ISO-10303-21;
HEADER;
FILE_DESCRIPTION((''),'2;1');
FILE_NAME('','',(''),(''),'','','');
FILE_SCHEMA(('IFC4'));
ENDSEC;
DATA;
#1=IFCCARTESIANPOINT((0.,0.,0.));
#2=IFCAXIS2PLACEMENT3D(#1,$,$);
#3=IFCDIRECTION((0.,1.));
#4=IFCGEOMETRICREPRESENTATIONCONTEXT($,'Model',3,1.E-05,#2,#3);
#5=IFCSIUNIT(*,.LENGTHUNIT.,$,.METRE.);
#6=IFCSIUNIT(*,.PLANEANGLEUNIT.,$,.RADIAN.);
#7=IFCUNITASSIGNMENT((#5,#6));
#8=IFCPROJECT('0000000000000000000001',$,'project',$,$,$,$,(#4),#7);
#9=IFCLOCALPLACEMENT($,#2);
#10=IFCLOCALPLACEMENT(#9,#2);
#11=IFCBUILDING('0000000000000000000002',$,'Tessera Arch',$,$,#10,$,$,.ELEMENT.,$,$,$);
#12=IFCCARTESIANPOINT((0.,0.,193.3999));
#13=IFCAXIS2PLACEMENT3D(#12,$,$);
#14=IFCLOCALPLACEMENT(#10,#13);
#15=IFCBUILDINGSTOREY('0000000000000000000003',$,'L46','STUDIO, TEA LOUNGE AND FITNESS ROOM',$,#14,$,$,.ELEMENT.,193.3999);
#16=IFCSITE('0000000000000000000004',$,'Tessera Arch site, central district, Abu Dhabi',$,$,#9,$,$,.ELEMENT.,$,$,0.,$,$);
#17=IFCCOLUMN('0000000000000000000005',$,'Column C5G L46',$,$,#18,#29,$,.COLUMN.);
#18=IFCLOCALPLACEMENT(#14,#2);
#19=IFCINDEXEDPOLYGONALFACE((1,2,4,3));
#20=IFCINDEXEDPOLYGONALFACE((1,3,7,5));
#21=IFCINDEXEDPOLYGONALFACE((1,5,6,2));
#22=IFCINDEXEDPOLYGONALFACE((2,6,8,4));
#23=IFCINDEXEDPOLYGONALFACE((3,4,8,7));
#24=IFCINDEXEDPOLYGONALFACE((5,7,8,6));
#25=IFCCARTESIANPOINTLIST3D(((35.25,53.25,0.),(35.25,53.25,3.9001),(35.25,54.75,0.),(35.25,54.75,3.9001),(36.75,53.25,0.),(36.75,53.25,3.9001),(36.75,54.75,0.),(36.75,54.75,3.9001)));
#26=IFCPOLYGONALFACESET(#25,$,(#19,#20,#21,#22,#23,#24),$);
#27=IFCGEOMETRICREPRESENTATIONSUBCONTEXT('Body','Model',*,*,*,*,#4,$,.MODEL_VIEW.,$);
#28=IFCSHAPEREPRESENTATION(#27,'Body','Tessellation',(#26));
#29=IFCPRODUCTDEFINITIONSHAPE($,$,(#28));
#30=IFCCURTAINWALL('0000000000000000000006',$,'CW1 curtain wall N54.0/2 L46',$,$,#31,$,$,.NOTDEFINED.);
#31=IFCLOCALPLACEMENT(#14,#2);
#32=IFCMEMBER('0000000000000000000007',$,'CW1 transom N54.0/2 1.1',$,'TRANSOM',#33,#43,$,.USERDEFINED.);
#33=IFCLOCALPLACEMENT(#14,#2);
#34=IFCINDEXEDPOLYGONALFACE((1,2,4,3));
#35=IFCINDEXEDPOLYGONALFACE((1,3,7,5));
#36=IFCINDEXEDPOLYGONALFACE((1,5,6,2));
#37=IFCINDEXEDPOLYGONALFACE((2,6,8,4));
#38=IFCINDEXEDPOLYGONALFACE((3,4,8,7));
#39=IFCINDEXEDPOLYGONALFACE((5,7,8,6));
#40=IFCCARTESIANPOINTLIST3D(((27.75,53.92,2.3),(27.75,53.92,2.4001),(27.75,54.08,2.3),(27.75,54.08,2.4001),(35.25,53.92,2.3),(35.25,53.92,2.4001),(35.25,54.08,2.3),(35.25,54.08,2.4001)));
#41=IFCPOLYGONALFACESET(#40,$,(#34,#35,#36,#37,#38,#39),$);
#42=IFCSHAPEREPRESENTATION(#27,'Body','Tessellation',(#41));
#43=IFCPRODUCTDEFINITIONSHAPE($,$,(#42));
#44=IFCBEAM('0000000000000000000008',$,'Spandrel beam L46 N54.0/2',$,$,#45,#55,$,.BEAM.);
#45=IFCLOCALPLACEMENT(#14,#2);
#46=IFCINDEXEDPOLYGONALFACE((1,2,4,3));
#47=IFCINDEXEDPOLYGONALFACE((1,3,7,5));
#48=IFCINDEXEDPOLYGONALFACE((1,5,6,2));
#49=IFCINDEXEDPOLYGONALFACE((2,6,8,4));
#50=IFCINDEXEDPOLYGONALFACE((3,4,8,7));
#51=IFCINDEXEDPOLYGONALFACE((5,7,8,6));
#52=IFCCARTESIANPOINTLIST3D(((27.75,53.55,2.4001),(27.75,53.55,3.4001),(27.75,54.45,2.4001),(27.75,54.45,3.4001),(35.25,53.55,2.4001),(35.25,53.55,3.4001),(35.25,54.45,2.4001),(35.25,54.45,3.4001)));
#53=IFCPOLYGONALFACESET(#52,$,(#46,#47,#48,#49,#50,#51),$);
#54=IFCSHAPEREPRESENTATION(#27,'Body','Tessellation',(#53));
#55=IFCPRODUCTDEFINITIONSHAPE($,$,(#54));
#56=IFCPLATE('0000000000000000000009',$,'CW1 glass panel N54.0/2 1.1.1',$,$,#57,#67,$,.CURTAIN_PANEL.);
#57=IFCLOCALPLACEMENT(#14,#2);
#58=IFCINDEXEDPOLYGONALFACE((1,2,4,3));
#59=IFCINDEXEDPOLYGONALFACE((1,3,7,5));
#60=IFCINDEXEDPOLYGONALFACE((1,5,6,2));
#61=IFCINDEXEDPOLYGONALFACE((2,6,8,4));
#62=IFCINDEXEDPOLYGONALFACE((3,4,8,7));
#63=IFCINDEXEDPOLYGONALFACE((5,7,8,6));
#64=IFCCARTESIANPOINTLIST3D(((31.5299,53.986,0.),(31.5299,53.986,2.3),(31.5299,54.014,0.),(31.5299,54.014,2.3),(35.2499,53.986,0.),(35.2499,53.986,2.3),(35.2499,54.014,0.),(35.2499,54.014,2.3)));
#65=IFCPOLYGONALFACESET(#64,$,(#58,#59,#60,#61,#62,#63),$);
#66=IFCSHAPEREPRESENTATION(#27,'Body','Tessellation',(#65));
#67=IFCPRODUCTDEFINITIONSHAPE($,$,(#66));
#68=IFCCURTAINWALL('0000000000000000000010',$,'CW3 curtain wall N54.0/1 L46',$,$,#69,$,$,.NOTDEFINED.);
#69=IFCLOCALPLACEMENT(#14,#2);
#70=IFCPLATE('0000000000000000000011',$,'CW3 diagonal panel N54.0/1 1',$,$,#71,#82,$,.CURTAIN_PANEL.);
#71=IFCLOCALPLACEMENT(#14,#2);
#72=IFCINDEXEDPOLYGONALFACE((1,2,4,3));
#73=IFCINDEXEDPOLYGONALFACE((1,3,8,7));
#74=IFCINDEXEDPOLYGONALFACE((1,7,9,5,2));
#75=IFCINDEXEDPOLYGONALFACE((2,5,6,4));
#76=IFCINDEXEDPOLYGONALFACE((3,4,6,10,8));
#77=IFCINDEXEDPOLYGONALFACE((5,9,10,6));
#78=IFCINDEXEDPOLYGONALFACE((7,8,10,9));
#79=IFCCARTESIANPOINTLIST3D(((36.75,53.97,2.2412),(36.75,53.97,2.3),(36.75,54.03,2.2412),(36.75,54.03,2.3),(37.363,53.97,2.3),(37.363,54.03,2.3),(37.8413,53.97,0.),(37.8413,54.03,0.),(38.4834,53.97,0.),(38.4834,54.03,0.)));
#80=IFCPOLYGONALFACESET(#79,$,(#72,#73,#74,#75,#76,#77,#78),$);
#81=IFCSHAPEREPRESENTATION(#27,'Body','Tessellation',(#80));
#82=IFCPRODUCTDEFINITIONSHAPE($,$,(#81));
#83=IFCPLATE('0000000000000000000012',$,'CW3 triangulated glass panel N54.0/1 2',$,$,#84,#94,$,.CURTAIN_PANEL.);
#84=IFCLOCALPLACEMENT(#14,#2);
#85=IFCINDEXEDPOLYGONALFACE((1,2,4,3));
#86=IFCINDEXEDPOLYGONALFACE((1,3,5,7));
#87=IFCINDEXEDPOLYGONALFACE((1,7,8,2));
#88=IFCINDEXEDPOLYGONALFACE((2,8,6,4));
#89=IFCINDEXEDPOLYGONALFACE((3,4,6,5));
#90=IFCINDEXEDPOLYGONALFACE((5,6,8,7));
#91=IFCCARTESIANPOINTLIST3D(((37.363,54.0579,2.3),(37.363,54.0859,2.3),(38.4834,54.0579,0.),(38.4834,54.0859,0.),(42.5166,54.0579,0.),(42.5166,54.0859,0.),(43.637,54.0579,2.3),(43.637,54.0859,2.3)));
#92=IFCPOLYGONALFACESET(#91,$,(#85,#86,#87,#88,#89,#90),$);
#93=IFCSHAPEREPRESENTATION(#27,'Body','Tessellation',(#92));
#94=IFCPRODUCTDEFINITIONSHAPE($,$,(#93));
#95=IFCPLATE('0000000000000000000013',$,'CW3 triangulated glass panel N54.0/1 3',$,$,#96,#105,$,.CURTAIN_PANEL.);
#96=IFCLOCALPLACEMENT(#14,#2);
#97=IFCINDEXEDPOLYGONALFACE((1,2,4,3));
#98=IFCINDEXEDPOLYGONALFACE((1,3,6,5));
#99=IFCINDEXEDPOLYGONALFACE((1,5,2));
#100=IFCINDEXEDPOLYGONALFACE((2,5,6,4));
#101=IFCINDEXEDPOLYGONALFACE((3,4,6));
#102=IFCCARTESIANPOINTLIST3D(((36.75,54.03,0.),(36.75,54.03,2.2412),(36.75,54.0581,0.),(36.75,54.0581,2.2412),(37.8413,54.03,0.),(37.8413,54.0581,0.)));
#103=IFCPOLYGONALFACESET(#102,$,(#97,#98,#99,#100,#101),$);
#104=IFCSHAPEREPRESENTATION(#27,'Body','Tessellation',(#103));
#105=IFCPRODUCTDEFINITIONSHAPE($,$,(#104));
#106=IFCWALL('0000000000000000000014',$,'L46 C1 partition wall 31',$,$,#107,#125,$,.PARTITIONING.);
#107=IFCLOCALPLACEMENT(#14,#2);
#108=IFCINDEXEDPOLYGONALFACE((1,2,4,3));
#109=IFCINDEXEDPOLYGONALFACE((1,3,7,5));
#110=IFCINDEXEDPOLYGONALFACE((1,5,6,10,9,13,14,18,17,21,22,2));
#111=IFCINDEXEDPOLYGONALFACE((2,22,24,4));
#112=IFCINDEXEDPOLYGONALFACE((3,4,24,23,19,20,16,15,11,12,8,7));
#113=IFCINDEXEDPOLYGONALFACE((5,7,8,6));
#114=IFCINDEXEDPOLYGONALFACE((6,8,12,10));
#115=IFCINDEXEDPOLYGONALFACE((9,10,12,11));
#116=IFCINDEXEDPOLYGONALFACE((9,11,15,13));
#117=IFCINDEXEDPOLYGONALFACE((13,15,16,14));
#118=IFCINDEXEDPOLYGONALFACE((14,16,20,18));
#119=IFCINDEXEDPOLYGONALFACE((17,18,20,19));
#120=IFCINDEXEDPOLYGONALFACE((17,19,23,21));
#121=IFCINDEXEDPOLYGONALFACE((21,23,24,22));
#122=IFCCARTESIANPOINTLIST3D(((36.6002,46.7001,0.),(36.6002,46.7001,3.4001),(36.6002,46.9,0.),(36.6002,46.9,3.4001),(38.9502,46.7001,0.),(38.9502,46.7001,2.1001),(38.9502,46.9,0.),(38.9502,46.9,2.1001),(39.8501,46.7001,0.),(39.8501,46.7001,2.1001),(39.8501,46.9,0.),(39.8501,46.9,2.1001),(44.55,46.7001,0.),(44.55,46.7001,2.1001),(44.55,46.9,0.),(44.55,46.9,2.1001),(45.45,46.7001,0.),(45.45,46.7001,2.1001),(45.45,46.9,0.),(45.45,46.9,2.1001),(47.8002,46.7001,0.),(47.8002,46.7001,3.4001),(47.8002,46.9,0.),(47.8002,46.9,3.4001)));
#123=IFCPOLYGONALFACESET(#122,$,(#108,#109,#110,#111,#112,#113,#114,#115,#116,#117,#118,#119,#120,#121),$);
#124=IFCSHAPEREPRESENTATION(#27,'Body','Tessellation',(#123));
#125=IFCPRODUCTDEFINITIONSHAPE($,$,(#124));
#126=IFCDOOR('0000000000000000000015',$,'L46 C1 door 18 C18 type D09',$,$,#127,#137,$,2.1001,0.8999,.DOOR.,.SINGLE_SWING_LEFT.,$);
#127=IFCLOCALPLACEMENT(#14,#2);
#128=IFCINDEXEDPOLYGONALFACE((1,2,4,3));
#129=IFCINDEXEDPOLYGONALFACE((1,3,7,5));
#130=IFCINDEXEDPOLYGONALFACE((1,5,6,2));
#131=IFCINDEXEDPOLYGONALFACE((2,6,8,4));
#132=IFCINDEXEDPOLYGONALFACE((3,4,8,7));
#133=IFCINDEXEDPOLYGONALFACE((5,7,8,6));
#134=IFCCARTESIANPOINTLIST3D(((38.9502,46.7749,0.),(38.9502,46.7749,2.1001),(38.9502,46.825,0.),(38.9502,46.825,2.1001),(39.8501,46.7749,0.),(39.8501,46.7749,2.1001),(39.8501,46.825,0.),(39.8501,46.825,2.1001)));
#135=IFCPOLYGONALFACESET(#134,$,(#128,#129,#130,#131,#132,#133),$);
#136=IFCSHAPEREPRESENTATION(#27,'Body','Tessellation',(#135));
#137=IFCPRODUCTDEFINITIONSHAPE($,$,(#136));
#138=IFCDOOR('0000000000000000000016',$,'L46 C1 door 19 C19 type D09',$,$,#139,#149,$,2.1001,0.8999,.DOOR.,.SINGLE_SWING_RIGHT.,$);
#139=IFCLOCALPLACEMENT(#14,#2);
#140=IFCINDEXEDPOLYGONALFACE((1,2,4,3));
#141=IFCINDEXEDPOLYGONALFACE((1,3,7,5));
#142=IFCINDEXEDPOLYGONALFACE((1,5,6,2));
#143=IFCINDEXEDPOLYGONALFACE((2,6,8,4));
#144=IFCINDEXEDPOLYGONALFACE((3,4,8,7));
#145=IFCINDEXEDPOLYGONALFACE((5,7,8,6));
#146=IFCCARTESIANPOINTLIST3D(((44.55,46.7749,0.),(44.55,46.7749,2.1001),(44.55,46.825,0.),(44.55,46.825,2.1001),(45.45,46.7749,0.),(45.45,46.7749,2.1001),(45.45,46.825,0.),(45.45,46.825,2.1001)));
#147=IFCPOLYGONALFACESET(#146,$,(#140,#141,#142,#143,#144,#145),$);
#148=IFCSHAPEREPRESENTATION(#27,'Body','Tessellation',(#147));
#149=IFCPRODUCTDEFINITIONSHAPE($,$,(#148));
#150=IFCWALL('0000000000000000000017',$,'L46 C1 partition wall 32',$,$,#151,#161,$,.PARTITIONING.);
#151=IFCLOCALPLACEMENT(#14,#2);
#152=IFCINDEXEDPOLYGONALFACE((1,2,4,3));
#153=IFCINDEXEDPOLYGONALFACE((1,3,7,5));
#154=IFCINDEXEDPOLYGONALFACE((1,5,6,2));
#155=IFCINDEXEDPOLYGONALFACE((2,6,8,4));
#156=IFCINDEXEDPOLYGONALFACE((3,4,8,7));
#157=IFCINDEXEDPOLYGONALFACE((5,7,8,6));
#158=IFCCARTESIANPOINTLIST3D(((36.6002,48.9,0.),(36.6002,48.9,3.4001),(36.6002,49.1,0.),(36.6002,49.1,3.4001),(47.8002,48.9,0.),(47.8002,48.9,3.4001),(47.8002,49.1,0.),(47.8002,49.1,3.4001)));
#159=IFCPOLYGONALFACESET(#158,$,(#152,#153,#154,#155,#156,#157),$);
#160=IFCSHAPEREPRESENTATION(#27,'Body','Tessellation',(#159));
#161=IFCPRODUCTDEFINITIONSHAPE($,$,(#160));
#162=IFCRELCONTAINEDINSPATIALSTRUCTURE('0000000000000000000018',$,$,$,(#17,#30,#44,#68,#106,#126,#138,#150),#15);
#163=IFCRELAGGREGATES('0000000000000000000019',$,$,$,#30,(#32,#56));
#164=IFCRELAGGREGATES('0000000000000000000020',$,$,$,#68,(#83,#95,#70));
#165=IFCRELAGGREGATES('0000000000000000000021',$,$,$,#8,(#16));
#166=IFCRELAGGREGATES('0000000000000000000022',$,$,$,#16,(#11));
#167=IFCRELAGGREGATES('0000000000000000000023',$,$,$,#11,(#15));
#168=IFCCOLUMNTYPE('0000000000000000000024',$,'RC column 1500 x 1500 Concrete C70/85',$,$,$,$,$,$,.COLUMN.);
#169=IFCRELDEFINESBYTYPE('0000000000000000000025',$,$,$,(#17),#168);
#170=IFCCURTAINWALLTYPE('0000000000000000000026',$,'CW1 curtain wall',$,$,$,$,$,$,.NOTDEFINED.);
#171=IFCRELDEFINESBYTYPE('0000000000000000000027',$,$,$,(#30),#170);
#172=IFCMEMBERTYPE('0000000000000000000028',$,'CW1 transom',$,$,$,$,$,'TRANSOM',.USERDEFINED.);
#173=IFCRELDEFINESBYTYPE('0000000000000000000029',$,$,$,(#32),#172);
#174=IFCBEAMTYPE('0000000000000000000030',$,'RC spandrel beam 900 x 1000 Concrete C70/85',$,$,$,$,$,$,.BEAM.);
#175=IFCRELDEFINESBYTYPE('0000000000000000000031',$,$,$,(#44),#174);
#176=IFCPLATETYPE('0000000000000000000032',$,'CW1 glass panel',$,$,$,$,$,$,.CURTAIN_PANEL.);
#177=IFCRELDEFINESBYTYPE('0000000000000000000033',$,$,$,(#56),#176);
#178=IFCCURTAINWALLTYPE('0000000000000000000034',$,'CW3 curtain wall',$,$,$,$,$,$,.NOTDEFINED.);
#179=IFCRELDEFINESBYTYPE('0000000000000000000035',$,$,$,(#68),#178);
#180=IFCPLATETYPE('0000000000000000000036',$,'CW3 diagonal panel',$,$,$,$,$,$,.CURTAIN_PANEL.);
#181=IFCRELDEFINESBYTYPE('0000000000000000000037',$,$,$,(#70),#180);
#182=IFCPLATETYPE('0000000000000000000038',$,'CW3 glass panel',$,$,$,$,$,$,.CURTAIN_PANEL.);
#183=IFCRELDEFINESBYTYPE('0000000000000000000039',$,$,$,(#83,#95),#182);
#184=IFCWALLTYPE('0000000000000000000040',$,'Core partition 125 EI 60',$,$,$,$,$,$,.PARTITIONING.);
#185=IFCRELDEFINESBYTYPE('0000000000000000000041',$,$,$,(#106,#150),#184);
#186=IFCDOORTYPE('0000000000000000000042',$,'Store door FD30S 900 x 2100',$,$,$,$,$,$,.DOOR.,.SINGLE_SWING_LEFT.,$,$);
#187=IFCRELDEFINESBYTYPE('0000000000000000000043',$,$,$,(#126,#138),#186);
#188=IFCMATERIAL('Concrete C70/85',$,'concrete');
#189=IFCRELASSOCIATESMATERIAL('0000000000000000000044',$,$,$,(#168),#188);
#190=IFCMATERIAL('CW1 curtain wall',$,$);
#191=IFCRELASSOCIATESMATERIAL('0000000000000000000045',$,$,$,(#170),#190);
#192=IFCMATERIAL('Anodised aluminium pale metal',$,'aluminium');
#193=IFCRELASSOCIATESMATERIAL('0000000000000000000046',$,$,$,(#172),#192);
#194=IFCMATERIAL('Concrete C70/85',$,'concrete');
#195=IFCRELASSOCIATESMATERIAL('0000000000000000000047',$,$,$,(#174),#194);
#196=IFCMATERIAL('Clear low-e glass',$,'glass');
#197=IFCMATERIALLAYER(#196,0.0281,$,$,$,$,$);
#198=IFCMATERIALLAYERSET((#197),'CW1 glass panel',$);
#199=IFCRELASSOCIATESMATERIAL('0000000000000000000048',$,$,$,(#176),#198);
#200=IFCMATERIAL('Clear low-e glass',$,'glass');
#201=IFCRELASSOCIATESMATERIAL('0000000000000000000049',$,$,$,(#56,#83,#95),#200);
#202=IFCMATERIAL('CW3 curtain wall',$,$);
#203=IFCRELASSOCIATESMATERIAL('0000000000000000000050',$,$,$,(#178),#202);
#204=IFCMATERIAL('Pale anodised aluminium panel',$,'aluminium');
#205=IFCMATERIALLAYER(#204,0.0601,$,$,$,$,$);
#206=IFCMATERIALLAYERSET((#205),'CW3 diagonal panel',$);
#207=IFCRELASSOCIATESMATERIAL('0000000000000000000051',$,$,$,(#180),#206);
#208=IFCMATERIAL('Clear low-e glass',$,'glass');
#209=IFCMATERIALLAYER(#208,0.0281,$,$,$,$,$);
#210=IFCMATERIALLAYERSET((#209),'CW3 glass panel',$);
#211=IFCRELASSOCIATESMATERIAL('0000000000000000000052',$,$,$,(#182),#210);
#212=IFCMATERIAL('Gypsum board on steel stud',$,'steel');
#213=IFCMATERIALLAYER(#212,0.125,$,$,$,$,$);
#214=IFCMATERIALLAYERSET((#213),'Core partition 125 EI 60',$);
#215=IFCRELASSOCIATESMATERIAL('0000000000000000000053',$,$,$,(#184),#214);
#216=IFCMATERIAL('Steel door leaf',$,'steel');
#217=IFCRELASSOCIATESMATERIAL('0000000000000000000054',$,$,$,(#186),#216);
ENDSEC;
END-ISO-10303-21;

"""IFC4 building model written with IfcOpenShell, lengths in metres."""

from ifc_helpers import new_model, si_unit, direction, frame, frame_2d, origin, origin_2d, place, context, subcontext, project, spatial, polyline, rectangle, outline, extrude, material, layer, layer_set, material_profile, profile_set, type_object, element, fill, aggregate, save


model = new_model("IFC4")

# Units and contexts
model_context = context("Model", 3, precision=1e-05, world=origin(), true_north=direction((0.0, 1.0)))
body_context = subcontext(model_context, "Body", "Model", "MODEL_VIEW")
ifc_project = project(units=[si_unit("LENGTHUNIT", "METRE"), si_unit("PLANEANGLEUNIT", "RADIAN")], contexts=[model_context])

# Site, building, storey
site_placement = place(None, origin())
site = spatial("IfcSite", under=ifc_project, at=site_placement, Name="Tessera Arch site, central district, Abu Dhabi", CompositionType="ELEMENT", RefElevation=0.0)
building_placement = place(site_placement, origin())
building = spatial("IfcBuilding", under=site, at=building_placement, Name="Tessera Arch", CompositionType="ELEMENT")
storey_placement = place(building_placement, frame((0.0, 0.0, 193.3999)))
storey = spatial("IfcBuildingStorey", under=building, at=storey_placement, Name="L46", Description="STUDIO, TEA LOUNGE AND FITNESS ROOM", CompositionType="ELEMENT", Elevation=193.3999)

# Column
ifc_material_1 = material(Name="Concrete C70/85", Category="concrete")
ifc_material_profile_1 = material_profile(ifc_material_1, rectangle(XDim=1.5, YDim=1.5, at=origin_2d()), Name="RC column 1500 x 1500 Concrete C70/85")
ifc_profile_set_1 = profile_set([ifc_material_profile_1], Name="Concrete C70/85")
column_type = type_object("IfcColumnType", Name="RC column 1500 x 1500 Concrete C70/85", PredefinedType="COLUMN", material=ifc_profile_set_1)
column_placement = place(storey_placement, frame((36.0, 54.0, 0.0), z_axis=(0.0, 0.0, 1.0), x_axis=(1.0, 0.0, 0.0)))
element("IfcColumn", 1, at=column_placement, inside=storey, type_object=column_type, Name="Column C5G L46", PredefinedType="COLUMN", context=body_context, shape_type="SweptSolid", body=[
    extrude(rectangle(XDim=1.5, YDim=1.5, at=origin_2d()), origin(), (0.0, 0.0, 1.0), 3.9001),
])

# Curtain wall, member
ifc_material_2 = material(Name="CW1 curtain wall")
curtain_wall_type_1 = type_object("IfcCurtainWallType", Name="CW1 curtain wall", PredefinedType="NOTDEFINED", material=ifc_material_2)
curtain_wall_1_placement = place(storey_placement, origin())
curtain_wall_1 = element("IfcCurtainWall", 2, at=curtain_wall_1_placement, inside=storey, type_object=curtain_wall_type_1, Name="CW1 curtain wall N54.0/2 L46", PredefinedType="NOTDEFINED")
ifc_material_3 = material(Name="Anodised aluminium pale metal", Category="aluminium")
ifc_material_profile_2 = material_profile(ifc_material_3, rectangle(XDim=0.1599, YDim=0.1001, at=origin_2d()), Name="AL 160x100")
ifc_profile_set_2 = profile_set([ifc_material_profile_2], Name="Anodised aluminium pale metal")
member_type = type_object("IfcMemberType", Name="CW1 transom", ElementType="TRANSOM", PredefinedType="USERDEFINED", material=ifc_profile_set_2)
member_placement = place(storey_placement, frame((35.25, 54.0, 2.3501), z_axis=(-1.0, 0.0, 0.0), x_axis=(0.0, -1.0, 0.0)))
member = element("IfcMember", 3, at=member_placement, type_object=member_type, Name="CW1 transom N54.0/2 1.1", ObjectType="TRANSOM", PredefinedType="USERDEFINED", context=body_context, shape_type="SweptSolid", body=[
    extrude(rectangle(XDim=0.1599, YDim=0.1001, at=origin_2d()), origin(), (0.0, 0.0, 1.0), 7.5),
])

# Beam
ifc_material_4 = material(Name="Concrete C70/85", Category="concrete")
ifc_material_profile_3 = material_profile(ifc_material_4, rectangle(XDim=0.8999, YDim=1.0, at=origin_2d()), Name="RC spandrel beam 900 x 1000 Concrete C70/85")
ifc_profile_set_3 = profile_set([ifc_material_profile_3], Name="Concrete C70/85")
beam_type = type_object("IfcBeamType", Name="RC spandrel beam 900 x 1000 Concrete C70/85", PredefinedType="BEAM", material=ifc_profile_set_3)
beam_placement = place(storey_placement, frame((35.25, 54.0, 2.9001), z_axis=(-1.0, 0.0, 0.0), x_axis=(0.0, -1.0, 0.0)))
element("IfcBeam", 4, at=beam_placement, inside=storey, type_object=beam_type, Name="Spandrel beam L46 N54.0/2", PredefinedType="BEAM", context=body_context, shape_type="SweptSolid", body=[
    extrude(rectangle(XDim=0.8999, YDim=1.0, at=origin_2d()), origin(), (0.0, 0.0, 1.0), 7.5),
])

# Plate
ifc_material_5 = material(Name="Clear low-e glass", Category="glass")
ifc_material_6 = material(Name="Clear low-e glass", Category="glass")
ifc_layer_1 = layer(ifc_material_6, 0.0281)
ifc_layer_set_1 = layer_set([ifc_layer_1], Name="CW1 glass panel")
plate_type_1 = type_object("IfcPlateType", Name="CW1 glass panel", PredefinedType="CURTAIN_PANEL", material=ifc_layer_set_1)
plate_1_placement = place(storey_placement, frame((33.3899, 54.0, 0.0), z_axis=(0.0, 0.0, 1.0), x_axis=(-1.0, 0.0, 0.0)))
plate_1 = element("IfcPlate", 5, at=plate_1_placement, type_object=plate_type_1, material=ifc_material_5, Name="CW1 glass panel N54.0/2 1.1.1", PredefinedType="CURTAIN_PANEL", context=body_context, shape_type="SweptSolid", body=[
    extrude(rectangle(XDim=3.72, YDim=0.0281, at=origin_2d()), origin(), (0.0, 0.0, 1.0), 2.3),
])
aggregate(curtain_wall_1, [member, plate_1])

# Curtain wall, plates
ifc_material_7 = material(Name="CW3 curtain wall")
curtain_wall_type_2 = type_object("IfcCurtainWallType", Name="CW3 curtain wall", PredefinedType="NOTDEFINED", material=ifc_material_7)
curtain_wall_2_placement = place(storey_placement, origin())
curtain_wall_2 = element("IfcCurtainWall", 6, at=curtain_wall_2_placement, inside=storey, type_object=curtain_wall_type_2, Name="CW3 curtain wall N54.0/1 L46", PredefinedType="NOTDEFINED")
ifc_material_8 = material(Name="Pale anodised aluminium panel", Category="aluminium")
ifc_layer_2 = layer(ifc_material_8, 0.0601)
ifc_layer_set_2 = layer_set([ifc_layer_2], Name="CW3 diagonal panel")
plate_type_2 = type_object("IfcPlateType", Name="CW3 diagonal panel", PredefinedType="CURTAIN_PANEL", material=ifc_layer_set_2)
plate_2_placement = place(storey_placement, frame((36.75, 54.03, 2.3), z_axis=(0.0, 1.0, 0.0), x_axis=(1.0, 0.0, 0.0)))
plate_2 = element("IfcPlate", 7, at=plate_2_placement, type_object=plate_type_2, Name="CW3 diagonal panel N54.0/1 1", PredefinedType="CURTAIN_PANEL", context=body_context, shape_type="SweptSolid", body=[
    extrude(outline(polyline([(0.0, 0.0), (0.613, 0.0), (1.7334, 2.3), (1.0913, 2.3), (0.0, 0.0588), (0.0, 0.0)])), origin(), (0.0, 0.0, -1.0), 0.0601),
])
ifc_material_9 = material(Name="Clear low-e glass", Category="glass")
ifc_layer_3 = layer(ifc_material_9, 0.0281)
ifc_layer_set_3 = layer_set([ifc_layer_3], Name="CW3 glass panel")
plate_type_3 = type_object("IfcPlateType", Name="CW3 glass panel", PredefinedType="CURTAIN_PANEL", material=ifc_layer_set_3)
plate_3_placement = place(storey_placement, frame((37.363, 54.0859, 2.3), z_axis=(0.0, 1.0, 0.0), x_axis=(1.0, 0.0, 0.0)))
plate_3 = element("IfcPlate", 8, at=plate_3_placement, type_object=plate_type_3, material=ifc_material_5, Name="CW3 triangulated glass panel N54.0/1 2", PredefinedType="CURTAIN_PANEL", context=body_context, shape_type="SweptSolid", body=[
    extrude(outline(polyline([(0.0, 0.0), (6.2739, 0.0), (5.1536, 2.3), (1.1204, 2.3), (0.0, 0.0)])), origin(), (0.0, 0.0, -1.0), 0.0281),
])
plate_4_placement = place(storey_placement, frame((36.75, 54.0581, 0.0), z_axis=(0.0, 1.0, 0.0), x_axis=(0.0, 0.0, 1.0)))
plate_4 = element("IfcPlate", 9, at=plate_4_placement, type_object=plate_type_3, material=ifc_material_5, Name="CW3 triangulated glass panel N54.0/1 3", PredefinedType="CURTAIN_PANEL", context=body_context, shape_type="SweptSolid", body=[
    extrude(outline(polyline([(0.0, 0.0), (2.2412, 0.0), (0.0, 1.0913), (0.0, 0.0)])), origin(), (0.0, 0.0, -1.0), 0.0281),
])
aggregate(curtain_wall_2, [plate_3, plate_4, plate_2])

# Wall, openings, doors
ifc_material_10 = material(Name="Gypsum board on steel stud", Category="steel")
ifc_layer_4 = layer(ifc_material_10, 0.125)
ifc_layer_set_4 = layer_set([ifc_layer_4], Name="Core partition 125 EI 60")
wall_type_1 = type_object("IfcWallType", Name="Core partition 125 EI 60", PredefinedType="PARTITIONING", material=ifc_layer_set_4)
wall_1_placement = place(storey_placement, frame((36.6001, 46.8, 0.0), z_axis=(0.0, 0.0, 1.0), x_axis=(1.0, 0.0, 0.0)))
wall_1 = element("IfcWall", 10, at=wall_1_placement, inside=storey, type_object=wall_type_1, Name="L46 C1 partition wall 31", PredefinedType="PARTITIONING", context=body_context, shape_type="SweptSolid", body=[
    extrude(rectangle(XDim=11.2, YDim=0.2, at=frame_2d((5.6001, 0.0))), origin(), (0.0, 0.0, 1.0), 3.4001),
])
opening_1_placement = place(wall_1_placement, frame((2.3501, 0.0, 0.0)))
opening_1 = element("IfcOpeningElement", 11, at=opening_1_placement, cuts=wall_1, PredefinedType="OPENING", context=body_context, shape_type="SweptSolid", body=[
    extrude(rectangle(XDim=0.8999, YDim=2.1001, at=frame_2d((0.45, 1.05))), frame((0.0, 0.1099, 0.0), z_axis=(0.0, -1.0, 0.0), x_axis=(1.0, 0.0, 0.0)), (0.0, 0.0, 1.0), 0.22),
])
opening_2_placement = place(wall_1_placement, frame((7.95, 0.0, 0.0)))
opening_2 = element("IfcOpeningElement", 12, at=opening_2_placement, cuts=wall_1, PredefinedType="OPENING", context=body_context, shape_type="SweptSolid", body=[
    extrude(rectangle(XDim=0.8999, YDim=2.1001, at=frame_2d((0.45, 1.05))), frame((0.0, 0.1099, 0.0), z_axis=(0.0, -1.0, 0.0), x_axis=(1.0, 0.0, 0.0)), (0.0, 0.0, 1.0), 0.22),
])
ifc_material_11 = material(Name="Steel door leaf", Category="steel")
door_type_1 = type_object("IfcDoorType", Name="Store door FD30S 900 x 2100", OperationType="SINGLE_SWING_LEFT", PredefinedType="DOOR", material=ifc_material_11)
door_1_placement = place(opening_1_placement, origin())
door_1 = element("IfcDoor", 13, at=door_1_placement, inside=storey, type_object=door_type_1, Name="L46 C1 door 18 C18 type D09", OperationType="SINGLE_SWING_LEFT", OverallHeight=2.1001, OverallWidth=0.8999, PredefinedType="DOOR", context=body_context, shape_type="SweptSolid", body=[
    extrude(rectangle(XDim=0.8999, YDim=2.1001, at=frame_2d((0.45, 1.05))), frame((0.0, 0.0249, 0.0), z_axis=(0.0, -1.0, 0.0), x_axis=(1.0, 0.0, 0.0)), (0.0, 0.0, 1.0), 0.05),
])
fill(opening_1, door_1)
door_2_placement = place(opening_2_placement, origin())
door_2 = element("IfcDoor", 14, at=door_2_placement, inside=storey, type_object=door_type_1, Name="L46 C1 door 19 C19 type D09", OperationType="SINGLE_SWING_RIGHT", OverallHeight=2.1001, OverallWidth=0.8999, PredefinedType="DOOR", context=body_context, shape_type="SweptSolid", body=[
    extrude(rectangle(XDim=0.8999, YDim=2.1001, at=frame_2d((0.45, 1.05))), frame((0.0, 0.0249, 0.0), z_axis=(0.0, -1.0, 0.0), x_axis=(1.0, 0.0, 0.0)), (0.0, 0.0, 1.0), 0.05),
])
fill(opening_2, door_2)

# Wall
wall_2_placement = place(storey_placement, frame((36.6001, 49.0, 0.0), z_axis=(0.0, 0.0, 1.0), x_axis=(1.0, 0.0, 0.0)))
element("IfcWall", 15, at=wall_2_placement, inside=storey, type_object=wall_type_1, Name="L46 C1 partition wall 32", PredefinedType="PARTITIONING", context=body_context, shape_type="SweptSolid", body=[
    extrude(rectangle(XDim=11.2, YDim=0.2, at=frame_2d((5.6001, 0.0))), origin(), (0.0, 0.0, 1.0), 3.4001),
])

save(model, "model.ifc")
